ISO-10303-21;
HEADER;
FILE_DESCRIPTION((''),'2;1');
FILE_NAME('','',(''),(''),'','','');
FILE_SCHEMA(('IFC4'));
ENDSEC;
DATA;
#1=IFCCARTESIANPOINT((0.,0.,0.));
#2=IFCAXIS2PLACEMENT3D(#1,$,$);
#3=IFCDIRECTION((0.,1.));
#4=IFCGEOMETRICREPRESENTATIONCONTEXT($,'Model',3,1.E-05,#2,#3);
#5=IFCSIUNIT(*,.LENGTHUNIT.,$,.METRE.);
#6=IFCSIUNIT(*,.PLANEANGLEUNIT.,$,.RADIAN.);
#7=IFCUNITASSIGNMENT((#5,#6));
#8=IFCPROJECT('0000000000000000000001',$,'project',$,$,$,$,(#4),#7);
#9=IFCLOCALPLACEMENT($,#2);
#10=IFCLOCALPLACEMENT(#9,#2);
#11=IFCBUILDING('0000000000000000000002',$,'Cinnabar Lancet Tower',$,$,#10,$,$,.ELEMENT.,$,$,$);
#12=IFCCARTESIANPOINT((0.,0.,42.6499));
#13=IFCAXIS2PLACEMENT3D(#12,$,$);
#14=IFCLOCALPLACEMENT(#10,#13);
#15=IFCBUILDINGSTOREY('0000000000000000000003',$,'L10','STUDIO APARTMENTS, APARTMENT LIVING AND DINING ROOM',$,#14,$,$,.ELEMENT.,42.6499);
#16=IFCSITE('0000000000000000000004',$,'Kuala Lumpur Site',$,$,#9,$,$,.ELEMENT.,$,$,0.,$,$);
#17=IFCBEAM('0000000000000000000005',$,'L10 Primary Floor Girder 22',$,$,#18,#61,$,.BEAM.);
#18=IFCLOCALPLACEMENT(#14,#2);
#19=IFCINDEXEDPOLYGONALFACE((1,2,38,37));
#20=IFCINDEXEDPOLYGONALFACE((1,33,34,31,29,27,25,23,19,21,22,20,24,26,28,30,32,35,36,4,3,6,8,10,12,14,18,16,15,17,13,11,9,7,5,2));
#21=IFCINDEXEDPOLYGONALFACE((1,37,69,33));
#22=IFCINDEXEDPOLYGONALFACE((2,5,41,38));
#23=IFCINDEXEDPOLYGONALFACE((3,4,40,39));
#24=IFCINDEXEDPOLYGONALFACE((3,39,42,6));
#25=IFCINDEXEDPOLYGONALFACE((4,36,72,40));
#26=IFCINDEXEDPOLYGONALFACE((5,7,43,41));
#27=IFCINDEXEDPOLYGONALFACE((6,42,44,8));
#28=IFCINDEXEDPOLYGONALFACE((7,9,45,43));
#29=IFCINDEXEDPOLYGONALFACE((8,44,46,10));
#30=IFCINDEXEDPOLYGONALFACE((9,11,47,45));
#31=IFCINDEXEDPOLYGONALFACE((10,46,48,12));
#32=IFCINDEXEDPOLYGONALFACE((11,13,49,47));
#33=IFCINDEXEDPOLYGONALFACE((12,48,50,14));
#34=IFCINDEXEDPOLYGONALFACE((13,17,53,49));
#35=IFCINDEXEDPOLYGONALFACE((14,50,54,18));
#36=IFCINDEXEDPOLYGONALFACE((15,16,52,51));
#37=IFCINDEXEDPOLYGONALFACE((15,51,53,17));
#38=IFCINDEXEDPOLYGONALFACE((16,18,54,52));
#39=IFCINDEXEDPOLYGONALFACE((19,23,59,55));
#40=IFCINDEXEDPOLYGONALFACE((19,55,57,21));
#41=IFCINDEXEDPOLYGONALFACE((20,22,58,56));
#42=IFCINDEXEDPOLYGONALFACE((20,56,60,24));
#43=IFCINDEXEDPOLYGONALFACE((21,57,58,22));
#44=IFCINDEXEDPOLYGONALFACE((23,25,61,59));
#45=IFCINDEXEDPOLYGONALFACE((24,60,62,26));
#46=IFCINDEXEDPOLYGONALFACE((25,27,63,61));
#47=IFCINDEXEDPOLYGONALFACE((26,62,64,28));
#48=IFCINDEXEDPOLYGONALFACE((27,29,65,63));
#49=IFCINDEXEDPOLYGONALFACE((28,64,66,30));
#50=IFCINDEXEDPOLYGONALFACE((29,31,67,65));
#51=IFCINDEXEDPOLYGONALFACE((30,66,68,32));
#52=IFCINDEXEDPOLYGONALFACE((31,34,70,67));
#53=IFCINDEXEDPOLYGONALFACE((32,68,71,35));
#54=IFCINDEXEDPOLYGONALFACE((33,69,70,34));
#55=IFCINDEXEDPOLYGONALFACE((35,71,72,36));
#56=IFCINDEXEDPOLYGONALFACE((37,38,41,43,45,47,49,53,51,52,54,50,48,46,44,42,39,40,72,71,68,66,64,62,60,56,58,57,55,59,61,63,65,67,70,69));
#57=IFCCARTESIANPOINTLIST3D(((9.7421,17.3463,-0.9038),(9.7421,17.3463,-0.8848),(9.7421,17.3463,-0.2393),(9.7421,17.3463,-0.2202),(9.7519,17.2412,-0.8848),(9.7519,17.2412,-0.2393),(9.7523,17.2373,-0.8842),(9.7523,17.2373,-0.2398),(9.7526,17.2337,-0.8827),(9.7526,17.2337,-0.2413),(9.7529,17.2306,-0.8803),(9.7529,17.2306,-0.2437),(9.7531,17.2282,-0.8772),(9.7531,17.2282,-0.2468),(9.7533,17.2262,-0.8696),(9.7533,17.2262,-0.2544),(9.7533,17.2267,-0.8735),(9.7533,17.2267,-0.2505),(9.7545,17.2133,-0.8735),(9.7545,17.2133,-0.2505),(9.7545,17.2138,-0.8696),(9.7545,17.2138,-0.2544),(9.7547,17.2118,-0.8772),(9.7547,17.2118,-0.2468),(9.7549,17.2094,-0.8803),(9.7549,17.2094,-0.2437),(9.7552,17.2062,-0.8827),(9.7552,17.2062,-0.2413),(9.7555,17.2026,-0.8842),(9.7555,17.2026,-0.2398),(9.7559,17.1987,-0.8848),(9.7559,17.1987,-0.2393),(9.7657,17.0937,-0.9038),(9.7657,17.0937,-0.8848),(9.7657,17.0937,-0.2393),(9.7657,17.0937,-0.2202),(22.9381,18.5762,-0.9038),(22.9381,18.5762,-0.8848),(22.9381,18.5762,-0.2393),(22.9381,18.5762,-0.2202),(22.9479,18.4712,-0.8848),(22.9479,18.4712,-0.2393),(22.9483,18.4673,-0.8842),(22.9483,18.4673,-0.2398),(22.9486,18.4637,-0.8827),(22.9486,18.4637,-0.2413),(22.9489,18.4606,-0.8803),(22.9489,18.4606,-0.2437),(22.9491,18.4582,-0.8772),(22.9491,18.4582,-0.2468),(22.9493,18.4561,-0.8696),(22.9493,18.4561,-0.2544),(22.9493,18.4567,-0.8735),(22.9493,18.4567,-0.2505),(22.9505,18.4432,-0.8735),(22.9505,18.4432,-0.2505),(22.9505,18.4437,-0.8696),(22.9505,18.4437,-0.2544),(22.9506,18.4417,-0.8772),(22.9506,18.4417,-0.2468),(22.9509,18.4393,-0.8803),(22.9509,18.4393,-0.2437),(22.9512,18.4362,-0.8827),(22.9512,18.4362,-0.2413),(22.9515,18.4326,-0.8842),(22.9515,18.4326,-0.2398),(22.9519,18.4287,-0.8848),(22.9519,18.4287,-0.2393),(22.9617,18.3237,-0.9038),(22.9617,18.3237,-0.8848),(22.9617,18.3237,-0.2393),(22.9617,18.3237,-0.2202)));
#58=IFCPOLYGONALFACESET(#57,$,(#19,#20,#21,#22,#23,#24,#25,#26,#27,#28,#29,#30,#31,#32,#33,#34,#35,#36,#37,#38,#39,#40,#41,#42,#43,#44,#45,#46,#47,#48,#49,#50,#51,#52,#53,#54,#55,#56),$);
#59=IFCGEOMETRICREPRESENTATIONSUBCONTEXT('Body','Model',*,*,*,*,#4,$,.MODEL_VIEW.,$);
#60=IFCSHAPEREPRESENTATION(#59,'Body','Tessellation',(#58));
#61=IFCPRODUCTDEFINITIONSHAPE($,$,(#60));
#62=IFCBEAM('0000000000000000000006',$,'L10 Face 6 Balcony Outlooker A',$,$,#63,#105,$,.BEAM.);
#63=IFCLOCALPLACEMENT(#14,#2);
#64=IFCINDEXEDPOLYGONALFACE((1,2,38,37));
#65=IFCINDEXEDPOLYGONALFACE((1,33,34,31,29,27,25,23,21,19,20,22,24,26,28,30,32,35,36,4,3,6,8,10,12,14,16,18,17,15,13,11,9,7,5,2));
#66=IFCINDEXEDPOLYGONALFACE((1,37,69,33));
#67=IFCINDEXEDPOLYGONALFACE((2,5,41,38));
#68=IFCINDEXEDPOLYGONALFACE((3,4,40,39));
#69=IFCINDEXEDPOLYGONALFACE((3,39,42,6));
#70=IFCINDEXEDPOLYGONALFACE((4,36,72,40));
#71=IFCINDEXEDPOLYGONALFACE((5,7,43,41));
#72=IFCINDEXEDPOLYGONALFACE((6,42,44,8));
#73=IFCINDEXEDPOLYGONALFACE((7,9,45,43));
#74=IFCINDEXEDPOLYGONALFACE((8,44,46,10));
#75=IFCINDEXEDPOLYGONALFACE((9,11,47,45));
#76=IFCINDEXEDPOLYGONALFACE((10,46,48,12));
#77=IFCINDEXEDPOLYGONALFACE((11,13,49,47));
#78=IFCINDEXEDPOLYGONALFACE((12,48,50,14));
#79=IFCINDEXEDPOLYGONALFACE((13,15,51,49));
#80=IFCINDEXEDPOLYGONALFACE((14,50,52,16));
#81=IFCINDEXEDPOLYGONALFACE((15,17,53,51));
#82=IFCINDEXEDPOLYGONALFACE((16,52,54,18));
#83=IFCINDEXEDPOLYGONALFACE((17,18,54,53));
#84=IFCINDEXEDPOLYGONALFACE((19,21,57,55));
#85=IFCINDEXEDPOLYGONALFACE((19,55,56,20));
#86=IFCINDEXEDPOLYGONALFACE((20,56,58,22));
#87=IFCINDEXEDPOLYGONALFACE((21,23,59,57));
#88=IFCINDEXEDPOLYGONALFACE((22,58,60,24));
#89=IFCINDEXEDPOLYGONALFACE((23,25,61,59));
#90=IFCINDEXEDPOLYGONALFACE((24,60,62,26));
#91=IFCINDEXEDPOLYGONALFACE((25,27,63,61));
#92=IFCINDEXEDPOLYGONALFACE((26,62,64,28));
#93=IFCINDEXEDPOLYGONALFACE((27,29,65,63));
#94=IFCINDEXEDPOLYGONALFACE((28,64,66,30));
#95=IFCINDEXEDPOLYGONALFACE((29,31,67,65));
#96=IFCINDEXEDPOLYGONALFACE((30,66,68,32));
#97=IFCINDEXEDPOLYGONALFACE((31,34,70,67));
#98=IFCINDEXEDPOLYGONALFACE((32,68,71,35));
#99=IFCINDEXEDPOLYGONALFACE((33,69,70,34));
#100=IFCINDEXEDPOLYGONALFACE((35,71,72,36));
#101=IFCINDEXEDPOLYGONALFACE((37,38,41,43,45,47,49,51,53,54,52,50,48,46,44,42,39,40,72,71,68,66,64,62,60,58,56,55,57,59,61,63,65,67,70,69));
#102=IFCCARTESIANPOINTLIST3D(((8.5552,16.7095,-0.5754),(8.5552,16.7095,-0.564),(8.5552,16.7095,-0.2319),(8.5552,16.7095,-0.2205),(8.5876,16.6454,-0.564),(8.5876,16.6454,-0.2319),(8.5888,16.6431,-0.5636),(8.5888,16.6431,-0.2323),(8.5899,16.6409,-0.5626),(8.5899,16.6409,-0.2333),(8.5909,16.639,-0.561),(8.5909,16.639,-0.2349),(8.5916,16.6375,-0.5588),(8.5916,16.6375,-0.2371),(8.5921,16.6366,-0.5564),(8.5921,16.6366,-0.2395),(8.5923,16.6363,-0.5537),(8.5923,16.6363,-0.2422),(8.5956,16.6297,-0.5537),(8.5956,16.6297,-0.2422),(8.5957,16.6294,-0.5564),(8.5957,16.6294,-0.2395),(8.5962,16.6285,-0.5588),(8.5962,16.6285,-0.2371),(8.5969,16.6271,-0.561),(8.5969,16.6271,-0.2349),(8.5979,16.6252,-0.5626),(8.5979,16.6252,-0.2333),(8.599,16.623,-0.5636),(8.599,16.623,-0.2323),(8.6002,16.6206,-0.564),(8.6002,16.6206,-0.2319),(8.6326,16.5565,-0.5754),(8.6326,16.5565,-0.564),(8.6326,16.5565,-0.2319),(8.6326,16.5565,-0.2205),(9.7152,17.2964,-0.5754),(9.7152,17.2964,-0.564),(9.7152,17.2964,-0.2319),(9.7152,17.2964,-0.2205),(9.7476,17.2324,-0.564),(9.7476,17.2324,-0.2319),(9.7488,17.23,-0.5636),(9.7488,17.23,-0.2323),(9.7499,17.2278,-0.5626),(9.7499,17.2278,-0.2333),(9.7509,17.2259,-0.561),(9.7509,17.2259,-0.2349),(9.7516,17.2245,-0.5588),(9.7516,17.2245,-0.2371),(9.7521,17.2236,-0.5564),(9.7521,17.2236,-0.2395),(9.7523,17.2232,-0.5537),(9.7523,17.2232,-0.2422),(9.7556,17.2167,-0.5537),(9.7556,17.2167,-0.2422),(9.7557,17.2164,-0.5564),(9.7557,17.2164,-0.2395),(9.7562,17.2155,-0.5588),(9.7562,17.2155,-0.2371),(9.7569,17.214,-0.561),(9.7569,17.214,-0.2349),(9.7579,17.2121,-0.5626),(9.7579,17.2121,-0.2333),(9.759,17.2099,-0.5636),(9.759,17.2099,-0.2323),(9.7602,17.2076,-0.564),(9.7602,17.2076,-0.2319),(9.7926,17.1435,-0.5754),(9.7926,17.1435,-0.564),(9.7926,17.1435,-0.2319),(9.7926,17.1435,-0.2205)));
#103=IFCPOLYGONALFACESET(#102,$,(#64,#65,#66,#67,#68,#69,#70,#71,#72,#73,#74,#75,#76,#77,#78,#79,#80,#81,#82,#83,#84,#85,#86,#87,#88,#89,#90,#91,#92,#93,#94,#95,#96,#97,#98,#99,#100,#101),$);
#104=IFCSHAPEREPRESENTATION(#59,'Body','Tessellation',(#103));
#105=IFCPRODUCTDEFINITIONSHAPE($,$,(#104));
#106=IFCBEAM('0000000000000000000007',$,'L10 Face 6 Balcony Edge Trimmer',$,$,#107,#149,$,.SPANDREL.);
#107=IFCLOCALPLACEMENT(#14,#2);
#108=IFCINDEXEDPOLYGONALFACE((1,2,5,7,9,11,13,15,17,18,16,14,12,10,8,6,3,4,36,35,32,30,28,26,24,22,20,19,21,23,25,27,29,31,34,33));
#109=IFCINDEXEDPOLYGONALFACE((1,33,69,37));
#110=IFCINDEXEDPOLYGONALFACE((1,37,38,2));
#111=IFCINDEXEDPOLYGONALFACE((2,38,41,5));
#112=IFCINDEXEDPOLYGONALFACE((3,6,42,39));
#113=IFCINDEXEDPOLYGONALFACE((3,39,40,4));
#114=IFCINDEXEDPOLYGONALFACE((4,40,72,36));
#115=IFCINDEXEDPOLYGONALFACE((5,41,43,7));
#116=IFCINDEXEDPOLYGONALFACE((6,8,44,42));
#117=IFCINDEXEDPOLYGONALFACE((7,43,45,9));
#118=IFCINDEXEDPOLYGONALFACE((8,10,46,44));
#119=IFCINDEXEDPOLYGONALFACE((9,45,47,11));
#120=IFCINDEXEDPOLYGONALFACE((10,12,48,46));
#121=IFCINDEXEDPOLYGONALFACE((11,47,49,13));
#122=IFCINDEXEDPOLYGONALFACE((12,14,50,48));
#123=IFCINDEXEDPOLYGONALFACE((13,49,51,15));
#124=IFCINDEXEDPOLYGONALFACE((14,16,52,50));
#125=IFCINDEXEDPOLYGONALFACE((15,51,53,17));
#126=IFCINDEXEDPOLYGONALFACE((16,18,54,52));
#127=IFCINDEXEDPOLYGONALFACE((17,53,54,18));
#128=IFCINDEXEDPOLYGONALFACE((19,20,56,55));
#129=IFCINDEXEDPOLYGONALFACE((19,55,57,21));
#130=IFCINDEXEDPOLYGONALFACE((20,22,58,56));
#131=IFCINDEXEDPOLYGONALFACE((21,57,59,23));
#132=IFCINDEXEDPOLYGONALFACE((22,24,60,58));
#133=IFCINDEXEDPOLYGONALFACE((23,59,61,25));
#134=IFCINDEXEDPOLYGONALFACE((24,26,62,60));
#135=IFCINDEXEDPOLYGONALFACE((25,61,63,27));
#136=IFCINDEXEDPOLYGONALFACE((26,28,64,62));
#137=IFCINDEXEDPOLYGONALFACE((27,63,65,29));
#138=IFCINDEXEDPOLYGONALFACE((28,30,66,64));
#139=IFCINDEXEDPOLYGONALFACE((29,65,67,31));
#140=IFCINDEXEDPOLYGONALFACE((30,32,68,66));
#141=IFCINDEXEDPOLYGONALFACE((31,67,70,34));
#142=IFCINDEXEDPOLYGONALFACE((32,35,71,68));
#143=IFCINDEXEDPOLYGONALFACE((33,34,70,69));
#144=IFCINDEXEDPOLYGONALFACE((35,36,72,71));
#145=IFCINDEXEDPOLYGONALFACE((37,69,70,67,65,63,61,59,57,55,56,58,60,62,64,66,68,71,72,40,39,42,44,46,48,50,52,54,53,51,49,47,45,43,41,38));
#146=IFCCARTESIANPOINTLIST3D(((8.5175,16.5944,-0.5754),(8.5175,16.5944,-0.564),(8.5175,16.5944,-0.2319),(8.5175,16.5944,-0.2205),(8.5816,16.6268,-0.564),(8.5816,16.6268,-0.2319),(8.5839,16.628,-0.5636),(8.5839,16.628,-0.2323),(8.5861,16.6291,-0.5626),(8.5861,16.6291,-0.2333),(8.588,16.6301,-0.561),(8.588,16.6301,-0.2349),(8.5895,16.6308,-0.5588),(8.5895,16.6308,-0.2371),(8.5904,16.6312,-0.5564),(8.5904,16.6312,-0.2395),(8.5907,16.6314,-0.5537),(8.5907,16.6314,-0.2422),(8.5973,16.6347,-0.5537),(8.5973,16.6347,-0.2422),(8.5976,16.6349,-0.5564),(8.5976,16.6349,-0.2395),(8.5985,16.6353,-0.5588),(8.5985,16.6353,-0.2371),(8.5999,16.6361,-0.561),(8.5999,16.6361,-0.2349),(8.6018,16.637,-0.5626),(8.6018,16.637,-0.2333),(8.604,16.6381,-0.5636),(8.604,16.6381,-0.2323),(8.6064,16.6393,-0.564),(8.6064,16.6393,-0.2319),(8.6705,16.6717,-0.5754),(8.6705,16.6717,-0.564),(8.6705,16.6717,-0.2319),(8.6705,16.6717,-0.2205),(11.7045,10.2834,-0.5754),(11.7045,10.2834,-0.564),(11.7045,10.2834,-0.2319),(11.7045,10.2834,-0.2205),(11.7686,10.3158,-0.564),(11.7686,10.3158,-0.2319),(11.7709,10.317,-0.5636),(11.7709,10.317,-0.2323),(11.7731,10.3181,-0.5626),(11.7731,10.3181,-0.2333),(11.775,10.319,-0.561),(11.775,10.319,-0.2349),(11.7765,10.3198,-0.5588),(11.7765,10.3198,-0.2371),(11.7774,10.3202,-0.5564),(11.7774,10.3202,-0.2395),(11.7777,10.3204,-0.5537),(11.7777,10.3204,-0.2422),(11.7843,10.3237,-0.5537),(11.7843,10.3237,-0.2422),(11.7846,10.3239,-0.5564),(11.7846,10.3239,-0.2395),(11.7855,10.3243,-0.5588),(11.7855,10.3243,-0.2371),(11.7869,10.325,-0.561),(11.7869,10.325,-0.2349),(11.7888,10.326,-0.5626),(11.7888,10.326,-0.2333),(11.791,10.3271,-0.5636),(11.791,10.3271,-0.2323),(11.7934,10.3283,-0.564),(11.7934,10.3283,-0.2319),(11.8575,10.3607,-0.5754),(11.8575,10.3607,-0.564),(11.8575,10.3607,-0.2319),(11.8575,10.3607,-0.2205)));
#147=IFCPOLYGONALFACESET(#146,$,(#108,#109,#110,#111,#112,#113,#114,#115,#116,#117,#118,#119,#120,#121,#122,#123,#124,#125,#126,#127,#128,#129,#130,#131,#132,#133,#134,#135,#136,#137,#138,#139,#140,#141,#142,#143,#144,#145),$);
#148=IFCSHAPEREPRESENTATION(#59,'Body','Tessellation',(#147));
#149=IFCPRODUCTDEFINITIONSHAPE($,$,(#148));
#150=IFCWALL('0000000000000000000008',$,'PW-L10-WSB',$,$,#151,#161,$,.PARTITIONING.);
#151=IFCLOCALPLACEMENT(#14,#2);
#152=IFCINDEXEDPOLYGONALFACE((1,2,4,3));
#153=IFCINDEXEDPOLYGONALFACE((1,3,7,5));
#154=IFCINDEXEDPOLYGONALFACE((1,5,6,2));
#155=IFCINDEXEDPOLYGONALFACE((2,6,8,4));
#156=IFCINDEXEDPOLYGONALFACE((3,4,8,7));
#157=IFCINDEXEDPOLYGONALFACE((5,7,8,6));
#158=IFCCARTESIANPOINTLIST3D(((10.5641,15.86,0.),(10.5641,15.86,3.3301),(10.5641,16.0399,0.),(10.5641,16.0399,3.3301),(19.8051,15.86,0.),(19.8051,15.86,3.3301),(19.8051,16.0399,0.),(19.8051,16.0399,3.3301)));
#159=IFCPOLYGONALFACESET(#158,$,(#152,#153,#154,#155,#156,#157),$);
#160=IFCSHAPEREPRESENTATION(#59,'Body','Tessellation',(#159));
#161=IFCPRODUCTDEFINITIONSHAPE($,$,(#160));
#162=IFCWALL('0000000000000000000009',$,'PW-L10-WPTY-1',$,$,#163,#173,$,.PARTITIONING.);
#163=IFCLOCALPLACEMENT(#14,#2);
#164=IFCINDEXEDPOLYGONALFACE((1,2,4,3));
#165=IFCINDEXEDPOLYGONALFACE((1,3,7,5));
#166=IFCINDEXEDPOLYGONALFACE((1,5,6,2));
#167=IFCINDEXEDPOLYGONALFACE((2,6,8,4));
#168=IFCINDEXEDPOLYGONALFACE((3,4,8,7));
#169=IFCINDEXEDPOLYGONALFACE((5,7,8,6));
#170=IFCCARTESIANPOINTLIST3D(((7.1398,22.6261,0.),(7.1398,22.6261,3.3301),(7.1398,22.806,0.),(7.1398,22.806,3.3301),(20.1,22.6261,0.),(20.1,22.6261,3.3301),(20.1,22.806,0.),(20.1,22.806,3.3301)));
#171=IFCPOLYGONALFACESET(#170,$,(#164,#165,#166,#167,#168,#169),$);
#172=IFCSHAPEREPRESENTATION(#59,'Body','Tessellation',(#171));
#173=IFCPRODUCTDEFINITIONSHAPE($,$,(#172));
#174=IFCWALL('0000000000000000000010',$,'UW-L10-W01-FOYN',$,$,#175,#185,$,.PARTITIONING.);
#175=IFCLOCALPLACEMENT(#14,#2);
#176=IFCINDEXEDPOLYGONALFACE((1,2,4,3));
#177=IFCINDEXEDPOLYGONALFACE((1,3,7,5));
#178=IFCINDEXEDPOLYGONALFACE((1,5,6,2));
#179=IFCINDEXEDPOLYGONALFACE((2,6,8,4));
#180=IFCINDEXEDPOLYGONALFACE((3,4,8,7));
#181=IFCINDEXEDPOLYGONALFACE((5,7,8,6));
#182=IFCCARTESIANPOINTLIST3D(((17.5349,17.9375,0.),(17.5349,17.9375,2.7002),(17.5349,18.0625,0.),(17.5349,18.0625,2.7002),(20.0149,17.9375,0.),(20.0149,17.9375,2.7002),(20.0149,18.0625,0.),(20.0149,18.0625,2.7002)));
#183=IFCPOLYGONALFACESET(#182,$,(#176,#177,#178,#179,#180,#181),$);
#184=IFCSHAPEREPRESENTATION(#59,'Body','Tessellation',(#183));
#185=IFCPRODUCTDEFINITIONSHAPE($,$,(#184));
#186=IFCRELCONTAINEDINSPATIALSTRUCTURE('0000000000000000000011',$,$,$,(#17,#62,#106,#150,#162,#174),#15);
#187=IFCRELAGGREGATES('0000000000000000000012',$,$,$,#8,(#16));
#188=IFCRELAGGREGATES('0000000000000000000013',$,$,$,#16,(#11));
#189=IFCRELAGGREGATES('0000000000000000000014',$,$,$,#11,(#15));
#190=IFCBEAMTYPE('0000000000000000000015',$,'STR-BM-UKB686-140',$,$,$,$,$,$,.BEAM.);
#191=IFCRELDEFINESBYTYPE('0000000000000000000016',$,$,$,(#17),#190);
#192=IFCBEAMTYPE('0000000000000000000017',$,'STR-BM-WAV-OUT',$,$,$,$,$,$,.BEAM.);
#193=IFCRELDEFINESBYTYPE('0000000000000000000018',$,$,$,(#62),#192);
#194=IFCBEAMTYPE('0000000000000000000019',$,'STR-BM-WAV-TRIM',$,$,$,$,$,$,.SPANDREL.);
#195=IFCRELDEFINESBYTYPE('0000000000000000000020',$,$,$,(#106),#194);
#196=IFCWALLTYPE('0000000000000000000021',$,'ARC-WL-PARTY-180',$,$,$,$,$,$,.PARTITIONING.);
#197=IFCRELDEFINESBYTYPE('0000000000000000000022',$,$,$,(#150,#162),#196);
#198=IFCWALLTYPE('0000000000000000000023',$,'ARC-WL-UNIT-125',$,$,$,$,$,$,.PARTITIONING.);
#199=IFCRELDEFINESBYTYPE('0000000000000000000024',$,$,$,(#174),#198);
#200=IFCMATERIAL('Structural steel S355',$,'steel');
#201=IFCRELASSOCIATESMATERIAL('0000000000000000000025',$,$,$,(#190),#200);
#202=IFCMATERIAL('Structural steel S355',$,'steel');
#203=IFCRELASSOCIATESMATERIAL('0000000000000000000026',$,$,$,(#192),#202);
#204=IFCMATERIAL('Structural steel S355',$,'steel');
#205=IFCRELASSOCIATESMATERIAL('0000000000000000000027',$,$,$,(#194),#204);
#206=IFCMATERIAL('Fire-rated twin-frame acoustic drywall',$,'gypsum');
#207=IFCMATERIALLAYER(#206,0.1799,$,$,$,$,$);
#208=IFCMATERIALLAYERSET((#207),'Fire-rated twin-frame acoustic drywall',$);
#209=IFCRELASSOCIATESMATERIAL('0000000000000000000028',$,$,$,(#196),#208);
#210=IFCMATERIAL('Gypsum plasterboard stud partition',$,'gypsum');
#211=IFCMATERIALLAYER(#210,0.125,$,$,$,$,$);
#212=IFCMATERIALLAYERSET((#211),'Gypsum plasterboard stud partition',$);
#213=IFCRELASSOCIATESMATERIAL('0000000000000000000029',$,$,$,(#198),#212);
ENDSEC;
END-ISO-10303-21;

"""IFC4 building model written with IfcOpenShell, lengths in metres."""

from ifc_helpers import new_model, si_unit, direction, frame, frame_2d, origin, origin_2d, place, context, subcontext, project, spatial, rectangle, i_section, extrude, material, layer, layer_set, material_profile, profile_set, type_object, element, save


model = new_model("IFC4")

# Units and contexts
model_context = context("Model", 3, precision=1e-05, world=origin(), true_north=direction((0.0, 1.0)))
body_context = subcontext(model_context, "Body", "Model", "MODEL_VIEW")
ifc_project = project(units=[si_unit("LENGTHUNIT", "METRE"), si_unit("PLANEANGLEUNIT", "RADIAN")], contexts=[model_context])

# Site, building, storey
site_placement = place(None, origin())
site = spatial("IfcSite", under=ifc_project, at=site_placement, Name="Kuala Lumpur Site", CompositionType="ELEMENT", RefElevation=0.0)
building_placement = place(site_placement, origin())
building = spatial("IfcBuilding", under=site, at=building_placement, Name="Cinnabar Lancet Tower", CompositionType="ELEMENT")
storey_placement = place(building_placement, frame((0.0, 0.0, 42.6499)))
storey = spatial("IfcBuildingStorey", under=building, at=storey_placement, Name="L10", Description="STUDIO APARTMENTS, APARTMENT LIVING AND DINING ROOM", CompositionType="ELEMENT", Elevation=42.6499)

# Beams
ifc_material_1 = material(Name="Structural steel S355", Category="steel")
ifc_material_profile_1 = material_profile(ifc_material_1, i_section(OverallWidth=0.2537, OverallDepth=0.6836, WebThickness=0.0125, FlangeThickness=0.019, FilletRadius=0.0151, at=origin_2d()), Name="UKB 686x254x140")
ifc_profile_set_1 = profile_set([ifc_material_profile_1], Name="Structural steel S355")
beam_type_1 = type_object("IfcBeamType", Name="STR-BM-UKB686-140", PredefinedType="BEAM", material=ifc_profile_set_1)
beam_1_placement = place(storey_placement, frame((9.7539, 17.22, -0.562), z_axis=(0.995684, 0.092806, 0.0), x_axis=(-0.092806, 0.995684, 0.0)))
element("IfcBeam", 1, at=beam_1_placement, inside=storey, type_object=beam_type_1, Name="L10 Primary Floor Girder 22", PredefinedType="BEAM", context=body_context, shape_type="SweptSolid", body=[
    extrude(i_section(OverallWidth=0.2537, OverallDepth=0.6836, WebThickness=0.0125, FlangeThickness=0.019, FilletRadius=0.0151, at=origin_2d()), origin(), (0.0, 0.0, 1.0), 13.2532),
])
ifc_material_2 = material(Name="Structural steel S355", Category="steel")
ifc_material_profile_2 = material_profile(ifc_material_2, i_section(OverallWidth=0.1714, OverallDepth=0.355, WebThickness=0.0073, FlangeThickness=0.0115, FilletRadius=0.0103, at=origin_2d()), Name="UKB 356x171x51")
ifc_profile_set_2 = profile_set([ifc_material_profile_2], Name="Structural steel S355")
beam_type_2 = type_object("IfcBeamType", Name="STR-BM-WAV-OUT", PredefinedType="BEAM", material=ifc_profile_set_2)
beam_2_placement = place(storey_placement, frame((9.7539, 17.22, -0.3979), z_axis=(-0.892276, -0.45149, 0.0), x_axis=(0.45149, -0.892276, 0.0)))
element("IfcBeam", 2, at=beam_2_placement, inside=storey, type_object=beam_type_2, Name="L10 Face 6 Balcony Outlooker A", PredefinedType="BEAM", context=body_context, shape_type="SweptSolid", body=[
    extrude(i_section(OverallWidth=0.1714, OverallDepth=0.355, WebThickness=0.0073, FlangeThickness=0.0115, FilletRadius=0.0103, at=origin_2d()), origin(), (0.0, 0.0, 1.0), 1.3),
])
ifc_material_3 = material(Name="Structural steel S355", Category="steel")
ifc_material_profile_3 = material_profile(ifc_material_3, i_section(OverallWidth=0.1714, OverallDepth=0.355, WebThickness=0.0073, FlangeThickness=0.0115, FilletRadius=0.0103, at=origin_2d()), Name="UKB 356x171x51")
ifc_profile_set_3 = profile_set([ifc_material_profile_3], Name="Structural steel S355")
beam_type_3 = type_object("IfcBeamType", Name="STR-BM-WAV-TRIM", PredefinedType="SPANDREL", material=ifc_profile_set_3)
beam_3_placement = place(storey_placement, frame((8.594, 16.6331, -0.3979), z_axis=(0.450774, -0.892638, 0.0), x_axis=(0.892638, 0.450774, 0.0)))
element("IfcBeam", 3, at=beam_3_placement, inside=storey, type_object=beam_type_3, Name="L10 Face 6 Balcony Edge Trimmer", PredefinedType="SPANDREL", context=body_context, shape_type="SweptSolid", body=[
    extrude(i_section(OverallWidth=0.1714, OverallDepth=0.355, WebThickness=0.0073, FlangeThickness=0.0115, FilletRadius=0.0103, at=origin_2d()), origin(), (0.0, 0.0, 1.0), 7.0701),
])

# Walls
ifc_material_4 = material(Name="Fire-rated twin-frame acoustic drywall", Category="gypsum")
ifc_layer_1 = layer(ifc_material_4, 0.1799)
ifc_layer_set_1 = layer_set([ifc_layer_1], Name="Fire-rated twin-frame acoustic drywall")
wall_type_1 = type_object("IfcWallType", Name="ARC-WL-PARTY-180", PredefinedType="PARTITIONING", material=ifc_layer_set_1)
wall_1_placement = place(storey_placement, frame((10.564, 15.95, 0.0), z_axis=(0.0, 0.0, 1.0), x_axis=(1.0, 0.0, 0.0)))
element("IfcWall", 4, at=wall_1_placement, inside=storey, type_object=wall_type_1, Name="PW-L10-WSB", PredefinedType="PARTITIONING", context=body_context, shape_type="SweptSolid", body=[
    extrude(rectangle(XDim=9.241, YDim=0.1799, at=frame_2d((4.6206, 0.0))), origin(), (0.0, 0.0, 1.0), 3.3301),
])
wall_2_placement = place(storey_placement, frame((7.1399, 22.7161, 0.0), z_axis=(0.0, 0.0, 1.0), x_axis=(1.0, 0.0, 0.0)))
element("IfcWall", 5, at=wall_2_placement, inside=storey, type_object=wall_type_1, Name="PW-L10-WPTY-1", PredefinedType="PARTITIONING", context=body_context, shape_type="SweptSolid", body=[
    extrude(rectangle(XDim=12.9602, YDim=0.1799, at=frame_2d((6.48, 0.0))), origin(), (0.0, 0.0, 1.0), 3.3301),
])
ifc_material_5 = material(Name="Gypsum plasterboard stud partition", Category="gypsum")
ifc_layer_2 = layer(ifc_material_5, 0.125)
ifc_layer_set_2 = layer_set([ifc_layer_2], Name="Gypsum plasterboard stud partition")
wall_type_2 = type_object("IfcWallType", Name="ARC-WL-UNIT-125", PredefinedType="PARTITIONING", material=ifc_layer_set_2)
wall_3_placement = place(storey_placement, frame((17.5349, 18.0, 0.0), z_axis=(0.0, 0.0, 1.0), x_axis=(1.0, 0.0, 0.0)))
element("IfcWall", 6, at=wall_3_placement, inside=storey, type_object=wall_type_2, Name="UW-L10-W01-FOYN", PredefinedType="PARTITIONING", context=body_context, shape_type="SweptSolid", body=[
    extrude(rectangle(XDim=2.48, YDim=0.125, at=frame_2d((1.24, 0.0))), origin(), (0.0, 0.0, 1.0), 2.7002),
])

save(model, "model.ifc")
